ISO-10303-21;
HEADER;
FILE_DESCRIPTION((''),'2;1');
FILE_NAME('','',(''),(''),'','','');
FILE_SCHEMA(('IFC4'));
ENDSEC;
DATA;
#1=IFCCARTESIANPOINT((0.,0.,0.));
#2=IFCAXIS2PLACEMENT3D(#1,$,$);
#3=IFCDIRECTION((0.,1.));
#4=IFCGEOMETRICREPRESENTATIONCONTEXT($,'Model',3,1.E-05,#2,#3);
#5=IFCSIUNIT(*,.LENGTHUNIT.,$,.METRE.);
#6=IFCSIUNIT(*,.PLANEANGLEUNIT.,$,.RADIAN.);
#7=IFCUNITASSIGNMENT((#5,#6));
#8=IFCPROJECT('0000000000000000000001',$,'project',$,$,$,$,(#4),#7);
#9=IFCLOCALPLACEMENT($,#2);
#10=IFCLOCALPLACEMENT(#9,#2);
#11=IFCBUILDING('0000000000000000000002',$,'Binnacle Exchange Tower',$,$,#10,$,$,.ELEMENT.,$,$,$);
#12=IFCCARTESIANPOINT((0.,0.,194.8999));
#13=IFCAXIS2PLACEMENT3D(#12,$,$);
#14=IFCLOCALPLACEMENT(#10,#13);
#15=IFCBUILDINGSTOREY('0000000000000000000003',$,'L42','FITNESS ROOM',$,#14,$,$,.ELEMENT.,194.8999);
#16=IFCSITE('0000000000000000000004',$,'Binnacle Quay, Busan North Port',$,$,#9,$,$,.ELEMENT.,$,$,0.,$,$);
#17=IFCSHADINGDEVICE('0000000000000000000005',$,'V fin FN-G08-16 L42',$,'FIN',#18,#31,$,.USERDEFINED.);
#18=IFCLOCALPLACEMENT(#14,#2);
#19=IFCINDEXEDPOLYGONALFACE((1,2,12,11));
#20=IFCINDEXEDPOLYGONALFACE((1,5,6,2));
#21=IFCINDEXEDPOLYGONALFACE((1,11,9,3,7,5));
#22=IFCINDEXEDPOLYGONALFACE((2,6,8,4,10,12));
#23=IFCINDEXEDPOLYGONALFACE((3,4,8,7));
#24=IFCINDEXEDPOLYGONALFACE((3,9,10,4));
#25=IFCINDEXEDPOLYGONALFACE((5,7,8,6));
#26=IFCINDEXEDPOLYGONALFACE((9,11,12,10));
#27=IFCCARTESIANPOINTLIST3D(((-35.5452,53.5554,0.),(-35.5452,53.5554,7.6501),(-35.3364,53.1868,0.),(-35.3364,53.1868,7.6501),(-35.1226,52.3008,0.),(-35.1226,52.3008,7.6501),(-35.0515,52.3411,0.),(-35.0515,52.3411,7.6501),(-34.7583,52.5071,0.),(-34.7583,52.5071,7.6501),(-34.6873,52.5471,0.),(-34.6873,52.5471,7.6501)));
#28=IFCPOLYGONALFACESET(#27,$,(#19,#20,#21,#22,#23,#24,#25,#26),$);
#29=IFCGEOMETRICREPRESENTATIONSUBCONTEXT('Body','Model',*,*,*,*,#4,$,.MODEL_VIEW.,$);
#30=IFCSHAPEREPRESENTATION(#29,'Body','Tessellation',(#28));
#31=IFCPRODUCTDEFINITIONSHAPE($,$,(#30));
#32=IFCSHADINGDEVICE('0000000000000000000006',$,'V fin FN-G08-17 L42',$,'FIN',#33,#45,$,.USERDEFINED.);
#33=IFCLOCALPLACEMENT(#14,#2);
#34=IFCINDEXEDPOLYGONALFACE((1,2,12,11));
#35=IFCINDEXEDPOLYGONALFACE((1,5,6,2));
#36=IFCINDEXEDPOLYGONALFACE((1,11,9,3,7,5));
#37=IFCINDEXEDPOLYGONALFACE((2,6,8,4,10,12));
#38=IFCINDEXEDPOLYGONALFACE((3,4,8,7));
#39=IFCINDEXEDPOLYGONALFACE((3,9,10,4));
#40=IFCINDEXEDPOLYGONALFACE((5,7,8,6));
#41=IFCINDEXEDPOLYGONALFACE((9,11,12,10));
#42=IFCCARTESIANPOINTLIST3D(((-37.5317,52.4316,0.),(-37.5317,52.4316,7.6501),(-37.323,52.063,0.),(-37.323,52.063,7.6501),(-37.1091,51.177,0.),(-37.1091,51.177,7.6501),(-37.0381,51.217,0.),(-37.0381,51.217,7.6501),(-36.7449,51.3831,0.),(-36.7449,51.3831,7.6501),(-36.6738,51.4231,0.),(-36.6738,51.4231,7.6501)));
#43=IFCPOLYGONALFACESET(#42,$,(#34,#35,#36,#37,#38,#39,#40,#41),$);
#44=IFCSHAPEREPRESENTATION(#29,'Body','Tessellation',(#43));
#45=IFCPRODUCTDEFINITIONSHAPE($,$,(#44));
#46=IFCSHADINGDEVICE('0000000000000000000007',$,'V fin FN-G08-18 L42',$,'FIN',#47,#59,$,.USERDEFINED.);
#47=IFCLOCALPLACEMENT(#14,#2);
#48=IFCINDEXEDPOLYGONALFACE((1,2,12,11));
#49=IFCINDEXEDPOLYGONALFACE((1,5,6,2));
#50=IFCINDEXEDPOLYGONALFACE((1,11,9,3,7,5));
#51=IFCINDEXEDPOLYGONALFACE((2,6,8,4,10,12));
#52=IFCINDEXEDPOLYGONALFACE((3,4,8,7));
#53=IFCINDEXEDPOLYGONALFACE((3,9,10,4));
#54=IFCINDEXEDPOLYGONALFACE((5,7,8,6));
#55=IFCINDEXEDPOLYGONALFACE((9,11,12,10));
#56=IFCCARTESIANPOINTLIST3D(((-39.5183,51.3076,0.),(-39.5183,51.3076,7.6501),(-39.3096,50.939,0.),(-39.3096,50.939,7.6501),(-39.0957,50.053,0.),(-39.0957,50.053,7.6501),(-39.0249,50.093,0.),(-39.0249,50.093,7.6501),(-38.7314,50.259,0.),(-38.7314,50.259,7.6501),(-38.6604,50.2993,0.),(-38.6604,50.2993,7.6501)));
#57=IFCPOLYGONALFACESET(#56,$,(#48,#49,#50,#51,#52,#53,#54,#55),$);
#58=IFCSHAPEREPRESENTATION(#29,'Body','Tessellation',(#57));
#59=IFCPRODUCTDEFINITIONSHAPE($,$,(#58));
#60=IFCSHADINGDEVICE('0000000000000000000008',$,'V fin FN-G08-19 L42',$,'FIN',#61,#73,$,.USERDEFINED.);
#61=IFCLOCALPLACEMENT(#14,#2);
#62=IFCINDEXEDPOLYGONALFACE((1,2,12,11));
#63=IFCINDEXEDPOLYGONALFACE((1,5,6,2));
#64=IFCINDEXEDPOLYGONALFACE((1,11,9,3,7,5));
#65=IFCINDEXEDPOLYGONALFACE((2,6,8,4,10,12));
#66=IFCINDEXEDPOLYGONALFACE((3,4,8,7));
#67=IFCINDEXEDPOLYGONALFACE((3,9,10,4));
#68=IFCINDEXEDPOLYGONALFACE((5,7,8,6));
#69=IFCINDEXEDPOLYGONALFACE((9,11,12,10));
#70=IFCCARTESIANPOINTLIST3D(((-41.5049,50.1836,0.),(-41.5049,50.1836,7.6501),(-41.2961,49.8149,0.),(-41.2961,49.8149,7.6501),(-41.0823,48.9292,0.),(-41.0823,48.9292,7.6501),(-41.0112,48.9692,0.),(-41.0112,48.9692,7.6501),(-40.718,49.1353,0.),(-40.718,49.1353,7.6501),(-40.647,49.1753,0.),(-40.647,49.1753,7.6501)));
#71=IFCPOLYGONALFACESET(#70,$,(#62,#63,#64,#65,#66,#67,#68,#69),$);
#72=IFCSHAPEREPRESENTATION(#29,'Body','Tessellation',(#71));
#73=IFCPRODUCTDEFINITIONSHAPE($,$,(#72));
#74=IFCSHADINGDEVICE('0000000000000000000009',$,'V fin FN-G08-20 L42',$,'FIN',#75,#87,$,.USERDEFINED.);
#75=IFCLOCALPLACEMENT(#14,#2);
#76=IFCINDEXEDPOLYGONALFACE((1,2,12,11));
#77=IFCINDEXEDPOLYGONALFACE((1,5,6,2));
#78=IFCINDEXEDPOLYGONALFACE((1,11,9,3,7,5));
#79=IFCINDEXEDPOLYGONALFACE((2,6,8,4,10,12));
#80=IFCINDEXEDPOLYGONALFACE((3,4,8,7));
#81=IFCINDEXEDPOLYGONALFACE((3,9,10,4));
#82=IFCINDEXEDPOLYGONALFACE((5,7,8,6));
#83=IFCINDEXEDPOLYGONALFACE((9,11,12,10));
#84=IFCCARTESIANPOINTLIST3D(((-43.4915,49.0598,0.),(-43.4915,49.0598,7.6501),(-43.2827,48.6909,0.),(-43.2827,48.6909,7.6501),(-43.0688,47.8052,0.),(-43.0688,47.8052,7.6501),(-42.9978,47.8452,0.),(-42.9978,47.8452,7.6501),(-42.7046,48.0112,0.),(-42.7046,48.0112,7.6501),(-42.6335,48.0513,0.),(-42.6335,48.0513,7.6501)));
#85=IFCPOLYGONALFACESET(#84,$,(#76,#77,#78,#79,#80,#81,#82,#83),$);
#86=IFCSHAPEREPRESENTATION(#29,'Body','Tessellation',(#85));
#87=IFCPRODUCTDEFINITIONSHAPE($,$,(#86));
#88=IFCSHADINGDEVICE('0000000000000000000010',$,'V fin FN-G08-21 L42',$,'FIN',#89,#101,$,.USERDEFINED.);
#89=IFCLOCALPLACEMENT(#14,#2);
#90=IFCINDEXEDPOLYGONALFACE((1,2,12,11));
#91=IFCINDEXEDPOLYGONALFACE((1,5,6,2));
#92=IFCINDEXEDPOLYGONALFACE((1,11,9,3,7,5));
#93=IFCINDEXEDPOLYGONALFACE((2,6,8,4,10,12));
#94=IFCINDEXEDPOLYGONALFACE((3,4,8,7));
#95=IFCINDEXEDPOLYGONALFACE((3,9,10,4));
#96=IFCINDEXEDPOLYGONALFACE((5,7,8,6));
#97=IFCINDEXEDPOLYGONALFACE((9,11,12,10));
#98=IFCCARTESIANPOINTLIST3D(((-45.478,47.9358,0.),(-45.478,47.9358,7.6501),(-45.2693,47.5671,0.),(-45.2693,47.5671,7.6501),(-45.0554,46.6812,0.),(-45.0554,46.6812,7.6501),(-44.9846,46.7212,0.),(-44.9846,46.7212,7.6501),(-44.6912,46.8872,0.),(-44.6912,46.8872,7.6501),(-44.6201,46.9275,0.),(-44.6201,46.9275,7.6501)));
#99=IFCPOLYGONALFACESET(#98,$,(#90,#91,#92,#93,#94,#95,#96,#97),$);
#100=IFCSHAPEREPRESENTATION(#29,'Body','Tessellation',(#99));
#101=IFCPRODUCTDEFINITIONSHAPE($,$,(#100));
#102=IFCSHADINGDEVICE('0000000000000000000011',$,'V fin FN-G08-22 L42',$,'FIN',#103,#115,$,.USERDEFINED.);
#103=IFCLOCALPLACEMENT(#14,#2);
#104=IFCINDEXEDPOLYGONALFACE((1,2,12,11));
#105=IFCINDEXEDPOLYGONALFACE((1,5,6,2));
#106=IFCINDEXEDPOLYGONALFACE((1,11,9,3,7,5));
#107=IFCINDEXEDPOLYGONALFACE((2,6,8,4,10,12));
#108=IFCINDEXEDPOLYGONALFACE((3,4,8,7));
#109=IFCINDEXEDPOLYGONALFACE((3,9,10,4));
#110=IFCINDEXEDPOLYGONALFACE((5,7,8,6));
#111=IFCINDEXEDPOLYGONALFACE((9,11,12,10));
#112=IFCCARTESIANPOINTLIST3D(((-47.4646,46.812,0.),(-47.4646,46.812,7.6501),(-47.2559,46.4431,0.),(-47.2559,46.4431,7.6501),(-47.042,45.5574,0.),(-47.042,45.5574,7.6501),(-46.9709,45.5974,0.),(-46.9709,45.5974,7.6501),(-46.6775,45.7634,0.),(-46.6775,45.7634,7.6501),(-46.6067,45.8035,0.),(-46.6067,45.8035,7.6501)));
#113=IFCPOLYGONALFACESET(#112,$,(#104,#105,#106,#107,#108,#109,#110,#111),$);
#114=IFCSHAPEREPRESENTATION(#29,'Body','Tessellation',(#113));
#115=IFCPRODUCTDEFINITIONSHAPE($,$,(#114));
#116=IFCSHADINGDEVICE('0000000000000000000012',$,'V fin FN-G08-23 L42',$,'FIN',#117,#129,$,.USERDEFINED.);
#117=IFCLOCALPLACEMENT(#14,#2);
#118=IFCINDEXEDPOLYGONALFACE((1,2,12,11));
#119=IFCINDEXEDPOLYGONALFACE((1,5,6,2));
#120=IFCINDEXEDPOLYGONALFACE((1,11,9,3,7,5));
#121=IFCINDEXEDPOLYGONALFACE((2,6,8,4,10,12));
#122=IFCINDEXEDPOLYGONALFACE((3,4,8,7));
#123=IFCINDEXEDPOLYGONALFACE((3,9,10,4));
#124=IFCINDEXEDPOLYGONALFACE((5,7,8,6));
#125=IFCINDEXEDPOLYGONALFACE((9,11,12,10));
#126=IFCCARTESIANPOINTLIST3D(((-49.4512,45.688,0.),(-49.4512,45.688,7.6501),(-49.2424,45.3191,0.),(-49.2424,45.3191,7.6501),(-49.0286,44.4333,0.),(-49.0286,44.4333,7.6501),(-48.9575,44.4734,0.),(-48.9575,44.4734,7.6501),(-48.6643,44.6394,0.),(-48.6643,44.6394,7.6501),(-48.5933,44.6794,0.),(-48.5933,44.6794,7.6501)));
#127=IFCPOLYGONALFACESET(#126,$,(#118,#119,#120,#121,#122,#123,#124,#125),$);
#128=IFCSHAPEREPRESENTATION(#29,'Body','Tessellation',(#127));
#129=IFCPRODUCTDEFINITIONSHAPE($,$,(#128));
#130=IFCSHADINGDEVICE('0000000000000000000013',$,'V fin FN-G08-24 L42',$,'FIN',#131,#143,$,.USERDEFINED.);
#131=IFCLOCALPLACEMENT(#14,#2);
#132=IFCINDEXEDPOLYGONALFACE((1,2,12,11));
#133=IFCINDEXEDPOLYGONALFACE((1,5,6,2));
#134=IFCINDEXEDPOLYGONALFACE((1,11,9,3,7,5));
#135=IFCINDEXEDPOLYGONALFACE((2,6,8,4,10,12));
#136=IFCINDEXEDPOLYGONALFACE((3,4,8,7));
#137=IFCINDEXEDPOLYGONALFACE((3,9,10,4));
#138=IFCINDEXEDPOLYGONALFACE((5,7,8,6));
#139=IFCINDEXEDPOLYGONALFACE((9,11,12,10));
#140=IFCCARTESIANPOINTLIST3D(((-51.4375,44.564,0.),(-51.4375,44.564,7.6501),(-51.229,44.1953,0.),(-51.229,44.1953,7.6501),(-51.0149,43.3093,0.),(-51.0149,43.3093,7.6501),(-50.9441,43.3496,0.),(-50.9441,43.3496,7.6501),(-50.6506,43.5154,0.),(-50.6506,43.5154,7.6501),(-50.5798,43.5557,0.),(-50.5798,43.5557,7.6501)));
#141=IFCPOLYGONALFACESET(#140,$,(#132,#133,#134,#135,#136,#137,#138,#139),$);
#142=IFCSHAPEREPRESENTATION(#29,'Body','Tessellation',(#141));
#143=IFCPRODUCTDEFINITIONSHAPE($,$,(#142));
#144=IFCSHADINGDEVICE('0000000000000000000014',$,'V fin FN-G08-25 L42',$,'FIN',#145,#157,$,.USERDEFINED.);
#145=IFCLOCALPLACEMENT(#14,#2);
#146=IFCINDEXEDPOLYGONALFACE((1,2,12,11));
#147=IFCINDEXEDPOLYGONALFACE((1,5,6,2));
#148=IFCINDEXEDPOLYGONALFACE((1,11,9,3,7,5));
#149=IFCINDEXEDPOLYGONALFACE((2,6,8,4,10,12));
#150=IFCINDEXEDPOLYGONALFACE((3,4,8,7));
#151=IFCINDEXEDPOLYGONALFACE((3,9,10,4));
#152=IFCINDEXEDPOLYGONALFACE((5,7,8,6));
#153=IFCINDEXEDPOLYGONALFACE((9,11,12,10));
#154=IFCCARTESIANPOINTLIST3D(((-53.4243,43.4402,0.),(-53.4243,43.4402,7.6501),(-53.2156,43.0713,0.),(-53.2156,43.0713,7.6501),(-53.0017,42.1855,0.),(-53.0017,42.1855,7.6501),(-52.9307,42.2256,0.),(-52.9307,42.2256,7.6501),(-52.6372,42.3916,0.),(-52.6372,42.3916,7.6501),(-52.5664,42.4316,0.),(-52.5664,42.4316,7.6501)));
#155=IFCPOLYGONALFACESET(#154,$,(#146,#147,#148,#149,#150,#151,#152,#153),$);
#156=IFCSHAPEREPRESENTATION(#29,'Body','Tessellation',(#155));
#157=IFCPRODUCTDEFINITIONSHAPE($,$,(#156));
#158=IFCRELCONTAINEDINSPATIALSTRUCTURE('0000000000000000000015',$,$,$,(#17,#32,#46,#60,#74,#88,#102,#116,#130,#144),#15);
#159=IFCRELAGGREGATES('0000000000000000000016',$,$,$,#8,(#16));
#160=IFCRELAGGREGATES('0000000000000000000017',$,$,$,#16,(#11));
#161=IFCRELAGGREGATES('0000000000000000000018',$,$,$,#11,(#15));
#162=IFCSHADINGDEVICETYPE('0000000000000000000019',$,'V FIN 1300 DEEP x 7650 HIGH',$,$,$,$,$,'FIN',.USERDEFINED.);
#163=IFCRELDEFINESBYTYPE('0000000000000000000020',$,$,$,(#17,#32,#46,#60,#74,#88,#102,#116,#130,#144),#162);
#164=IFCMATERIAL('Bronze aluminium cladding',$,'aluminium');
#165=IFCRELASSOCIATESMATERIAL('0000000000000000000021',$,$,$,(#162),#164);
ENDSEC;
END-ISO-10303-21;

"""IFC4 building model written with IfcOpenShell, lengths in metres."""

from ifc_helpers import new_model, si_unit, direction, frame, origin, place, context, subcontext, project, spatial, polyline, outline, extrude, material, type_object, element, save


model = new_model("IFC4")

# Units and contexts
model_context = context("Model", 3, precision=1e-05, world=origin(), true_north=direction((0.0, 1.0)))
body_context = subcontext(model_context, "Body", "Model", "MODEL_VIEW")
ifc_project = project(units=[si_unit("LENGTHUNIT", "METRE"), si_unit("PLANEANGLEUNIT", "RADIAN")], contexts=[model_context])

# Site, building, storey
site_placement = place(None, origin())
site = spatial("IfcSite", under=ifc_project, at=site_placement, Name="Binnacle Quay, Busan North Port", CompositionType="ELEMENT", RefElevation=0.0)
building_placement = place(site_placement, origin())
building = spatial("IfcBuilding", under=site, at=building_placement, Name="Binnacle Exchange Tower", CompositionType="ELEMENT")
storey_placement = place(building_placement, frame((0.0, 0.0, 194.8999)))
storey = spatial("IfcBuildingStorey", under=building, at=storey_placement, Name="L42", Description="FITNESS ROOM", CompositionType="ELEMENT", Elevation=194.8999)

# Shading devices
ifc_material = material(Name="Bronze aluminium cladding", Category="aluminium")
shading_device_type = type_object("IfcShadingDeviceType", Name="V FIN 1300 DEEP x 7650 HIGH", ElementType="FIN", PredefinedType="USERDEFINED", material=ifc_material)
shading_device_1_placement = place(storey_placement, origin())
element("IfcShadingDevice", 1, at=shading_device_1_placement, inside=storey, type_object=shading_device_type, Name="V fin FN-G08-16 L42", ObjectType="FIN", PredefinedType="USERDEFINED", context=body_context, shape_type="SweptSolid", body=[
    extrude(outline(polyline([(-34.6873, 52.5471), (-35.5452, 53.5554), (-35.1226, 52.3008), (-35.0515, 52.3411), (-35.3364, 53.1868), (-34.7583, 52.5071), (-34.6873, 52.5471)])), origin(), (0.0, 0.0, 1.0), 7.6501),
])
shading_device_2_placement = place(storey_placement, origin())
element("IfcShadingDevice", 2, at=shading_device_2_placement, inside=storey, type_object=shading_device_type, Name="V fin FN-G08-17 L42", ObjectType="FIN", PredefinedType="USERDEFINED", context=body_context, shape_type="SweptSolid", body=[
    extrude(outline(polyline([(-36.6738, 51.4231), (-37.5317, 52.4316), (-37.1091, 51.177), (-37.0381, 51.217), (-37.323, 52.063), (-36.7449, 51.3831), (-36.6738, 51.4231)])), origin(), (0.0, 0.0, 1.0), 7.6501),
])
shading_device_3_placement = place(storey_placement, origin())
element("IfcShadingDevice", 3, at=shading_device_3_placement, inside=storey, type_object=shading_device_type, Name="V fin FN-G08-18 L42", ObjectType="FIN", PredefinedType="USERDEFINED", context=body_context, shape_type="SweptSolid", body=[
    extrude(outline(polyline([(-38.6604, 50.2993), (-39.5183, 51.3076), (-39.0957, 50.053), (-39.0249, 50.093), (-39.3096, 50.939), (-38.7314, 50.259), (-38.6604, 50.2993)])), origin(), (0.0, 0.0, 1.0), 7.6501),
])
shading_device_4_placement = place(storey_placement, origin())
element("IfcShadingDevice", 4, at=shading_device_4_placement, inside=storey, type_object=shading_device_type, Name="V fin FN-G08-19 L42", ObjectType="FIN", PredefinedType="USERDEFINED", context=body_context, shape_type="SweptSolid", body=[
    extrude(outline(polyline([(-40.647, 49.1753), (-41.5049, 50.1836), (-41.0823, 48.9292), (-41.0112, 48.9692), (-41.2961, 49.8149), (-40.718, 49.1353), (-40.647, 49.1753)])), origin(), (0.0, 0.0, 1.0), 7.6501),
])
shading_device_5_placement = place(storey_placement, origin())
element("IfcShadingDevice", 5, at=shading_device_5_placement, inside=storey, type_object=shading_device_type, Name="V fin FN-G08-20 L42", ObjectType="FIN", PredefinedType="USERDEFINED", context=body_context, shape_type="SweptSolid", body=[
    extrude(outline(polyline([(-42.6335, 48.0513), (-43.4915, 49.0598), (-43.0688, 47.8052), (-42.9978, 47.8452), (-43.2827, 48.6909), (-42.7046, 48.0112), (-42.6335, 48.0513)])), origin(), (0.0, 0.0, 1.0), 7.6501),
])
shading_device_6_placement = place(storey_placement, origin())
element("IfcShadingDevice", 6, at=shading_device_6_placement, inside=storey, type_object=shading_device_type, Name="V fin FN-G08-21 L42", ObjectType="FIN", PredefinedType="USERDEFINED", context=body_context, shape_type="SweptSolid", body=[
    extrude(outline(polyline([(-44.6201, 46.9275), (-45.478, 47.9358), (-45.0554, 46.6812), (-44.9846, 46.7212), (-45.2693, 47.5671), (-44.6912, 46.8872), (-44.6201, 46.9275)])), origin(), (0.0, 0.0, 1.0), 7.6501),
])
shading_device_7_placement = place(storey_placement, origin())
element("IfcShadingDevice", 7, at=shading_device_7_placement, inside=storey, type_object=shading_device_type, Name="V fin FN-G08-22 L42", ObjectType="FIN", PredefinedType="USERDEFINED", context=body_context, shape_type="SweptSolid", body=[
    extrude(outline(polyline([(-46.6067, 45.8035), (-47.4646, 46.812), (-47.042, 45.5574), (-46.9709, 45.5974), (-47.2559, 46.4431), (-46.6775, 45.7634), (-46.6067, 45.8035)])), origin(), (0.0, 0.0, 1.0), 7.6501),
])
shading_device_8_placement = place(storey_placement, origin())
element("IfcShadingDevice", 8, at=shading_device_8_placement, inside=storey, type_object=shading_device_type, Name="V fin FN-G08-23 L42", ObjectType="FIN", PredefinedType="USERDEFINED", context=body_context, shape_type="SweptSolid", body=[
    extrude(outline(polyline([(-48.5933, 44.6794), (-49.4512, 45.688), (-49.0286, 44.4333), (-48.9575, 44.4734), (-49.2424, 45.3191), (-48.6643, 44.6394), (-48.5933, 44.6794)])), origin(), (0.0, 0.0, 1.0), 7.6501),
])
shading_device_9_placement = place(storey_placement, origin())
element("IfcShadingDevice", 9, at=shading_device_9_placement, inside=storey, type_object=shading_device_type, Name="V fin FN-G08-24 L42", ObjectType="FIN", PredefinedType="USERDEFINED", context=body_context, shape_type="SweptSolid", body=[
    extrude(outline(polyline([(-50.5798, 43.5557), (-51.4375, 44.564), (-51.0149, 43.3093), (-50.9441, 43.3496), (-51.229, 44.1953), (-50.6506, 43.5154), (-50.5798, 43.5557)])), origin(), (0.0, 0.0, 1.0), 7.6501),
])
shading_device_10_placement = place(storey_placement, origin())
element("IfcShadingDevice", 10, at=shading_device_10_placement, inside=storey, type_object=shading_device_type, Name="V fin FN-G08-25 L42", ObjectType="FIN", PredefinedType="USERDEFINED", context=body_context, shape_type="SweptSolid", body=[
    extrude(outline(polyline([(-52.5664, 42.4316), (-53.4243, 43.4402), (-53.0017, 42.1855), (-52.9307, 42.2256), (-53.2156, 43.0713), (-52.6372, 42.3916), (-52.5664, 42.4316)])), origin(), (0.0, 0.0, 1.0), 7.6501),
])

save(model, "model.ifc")
